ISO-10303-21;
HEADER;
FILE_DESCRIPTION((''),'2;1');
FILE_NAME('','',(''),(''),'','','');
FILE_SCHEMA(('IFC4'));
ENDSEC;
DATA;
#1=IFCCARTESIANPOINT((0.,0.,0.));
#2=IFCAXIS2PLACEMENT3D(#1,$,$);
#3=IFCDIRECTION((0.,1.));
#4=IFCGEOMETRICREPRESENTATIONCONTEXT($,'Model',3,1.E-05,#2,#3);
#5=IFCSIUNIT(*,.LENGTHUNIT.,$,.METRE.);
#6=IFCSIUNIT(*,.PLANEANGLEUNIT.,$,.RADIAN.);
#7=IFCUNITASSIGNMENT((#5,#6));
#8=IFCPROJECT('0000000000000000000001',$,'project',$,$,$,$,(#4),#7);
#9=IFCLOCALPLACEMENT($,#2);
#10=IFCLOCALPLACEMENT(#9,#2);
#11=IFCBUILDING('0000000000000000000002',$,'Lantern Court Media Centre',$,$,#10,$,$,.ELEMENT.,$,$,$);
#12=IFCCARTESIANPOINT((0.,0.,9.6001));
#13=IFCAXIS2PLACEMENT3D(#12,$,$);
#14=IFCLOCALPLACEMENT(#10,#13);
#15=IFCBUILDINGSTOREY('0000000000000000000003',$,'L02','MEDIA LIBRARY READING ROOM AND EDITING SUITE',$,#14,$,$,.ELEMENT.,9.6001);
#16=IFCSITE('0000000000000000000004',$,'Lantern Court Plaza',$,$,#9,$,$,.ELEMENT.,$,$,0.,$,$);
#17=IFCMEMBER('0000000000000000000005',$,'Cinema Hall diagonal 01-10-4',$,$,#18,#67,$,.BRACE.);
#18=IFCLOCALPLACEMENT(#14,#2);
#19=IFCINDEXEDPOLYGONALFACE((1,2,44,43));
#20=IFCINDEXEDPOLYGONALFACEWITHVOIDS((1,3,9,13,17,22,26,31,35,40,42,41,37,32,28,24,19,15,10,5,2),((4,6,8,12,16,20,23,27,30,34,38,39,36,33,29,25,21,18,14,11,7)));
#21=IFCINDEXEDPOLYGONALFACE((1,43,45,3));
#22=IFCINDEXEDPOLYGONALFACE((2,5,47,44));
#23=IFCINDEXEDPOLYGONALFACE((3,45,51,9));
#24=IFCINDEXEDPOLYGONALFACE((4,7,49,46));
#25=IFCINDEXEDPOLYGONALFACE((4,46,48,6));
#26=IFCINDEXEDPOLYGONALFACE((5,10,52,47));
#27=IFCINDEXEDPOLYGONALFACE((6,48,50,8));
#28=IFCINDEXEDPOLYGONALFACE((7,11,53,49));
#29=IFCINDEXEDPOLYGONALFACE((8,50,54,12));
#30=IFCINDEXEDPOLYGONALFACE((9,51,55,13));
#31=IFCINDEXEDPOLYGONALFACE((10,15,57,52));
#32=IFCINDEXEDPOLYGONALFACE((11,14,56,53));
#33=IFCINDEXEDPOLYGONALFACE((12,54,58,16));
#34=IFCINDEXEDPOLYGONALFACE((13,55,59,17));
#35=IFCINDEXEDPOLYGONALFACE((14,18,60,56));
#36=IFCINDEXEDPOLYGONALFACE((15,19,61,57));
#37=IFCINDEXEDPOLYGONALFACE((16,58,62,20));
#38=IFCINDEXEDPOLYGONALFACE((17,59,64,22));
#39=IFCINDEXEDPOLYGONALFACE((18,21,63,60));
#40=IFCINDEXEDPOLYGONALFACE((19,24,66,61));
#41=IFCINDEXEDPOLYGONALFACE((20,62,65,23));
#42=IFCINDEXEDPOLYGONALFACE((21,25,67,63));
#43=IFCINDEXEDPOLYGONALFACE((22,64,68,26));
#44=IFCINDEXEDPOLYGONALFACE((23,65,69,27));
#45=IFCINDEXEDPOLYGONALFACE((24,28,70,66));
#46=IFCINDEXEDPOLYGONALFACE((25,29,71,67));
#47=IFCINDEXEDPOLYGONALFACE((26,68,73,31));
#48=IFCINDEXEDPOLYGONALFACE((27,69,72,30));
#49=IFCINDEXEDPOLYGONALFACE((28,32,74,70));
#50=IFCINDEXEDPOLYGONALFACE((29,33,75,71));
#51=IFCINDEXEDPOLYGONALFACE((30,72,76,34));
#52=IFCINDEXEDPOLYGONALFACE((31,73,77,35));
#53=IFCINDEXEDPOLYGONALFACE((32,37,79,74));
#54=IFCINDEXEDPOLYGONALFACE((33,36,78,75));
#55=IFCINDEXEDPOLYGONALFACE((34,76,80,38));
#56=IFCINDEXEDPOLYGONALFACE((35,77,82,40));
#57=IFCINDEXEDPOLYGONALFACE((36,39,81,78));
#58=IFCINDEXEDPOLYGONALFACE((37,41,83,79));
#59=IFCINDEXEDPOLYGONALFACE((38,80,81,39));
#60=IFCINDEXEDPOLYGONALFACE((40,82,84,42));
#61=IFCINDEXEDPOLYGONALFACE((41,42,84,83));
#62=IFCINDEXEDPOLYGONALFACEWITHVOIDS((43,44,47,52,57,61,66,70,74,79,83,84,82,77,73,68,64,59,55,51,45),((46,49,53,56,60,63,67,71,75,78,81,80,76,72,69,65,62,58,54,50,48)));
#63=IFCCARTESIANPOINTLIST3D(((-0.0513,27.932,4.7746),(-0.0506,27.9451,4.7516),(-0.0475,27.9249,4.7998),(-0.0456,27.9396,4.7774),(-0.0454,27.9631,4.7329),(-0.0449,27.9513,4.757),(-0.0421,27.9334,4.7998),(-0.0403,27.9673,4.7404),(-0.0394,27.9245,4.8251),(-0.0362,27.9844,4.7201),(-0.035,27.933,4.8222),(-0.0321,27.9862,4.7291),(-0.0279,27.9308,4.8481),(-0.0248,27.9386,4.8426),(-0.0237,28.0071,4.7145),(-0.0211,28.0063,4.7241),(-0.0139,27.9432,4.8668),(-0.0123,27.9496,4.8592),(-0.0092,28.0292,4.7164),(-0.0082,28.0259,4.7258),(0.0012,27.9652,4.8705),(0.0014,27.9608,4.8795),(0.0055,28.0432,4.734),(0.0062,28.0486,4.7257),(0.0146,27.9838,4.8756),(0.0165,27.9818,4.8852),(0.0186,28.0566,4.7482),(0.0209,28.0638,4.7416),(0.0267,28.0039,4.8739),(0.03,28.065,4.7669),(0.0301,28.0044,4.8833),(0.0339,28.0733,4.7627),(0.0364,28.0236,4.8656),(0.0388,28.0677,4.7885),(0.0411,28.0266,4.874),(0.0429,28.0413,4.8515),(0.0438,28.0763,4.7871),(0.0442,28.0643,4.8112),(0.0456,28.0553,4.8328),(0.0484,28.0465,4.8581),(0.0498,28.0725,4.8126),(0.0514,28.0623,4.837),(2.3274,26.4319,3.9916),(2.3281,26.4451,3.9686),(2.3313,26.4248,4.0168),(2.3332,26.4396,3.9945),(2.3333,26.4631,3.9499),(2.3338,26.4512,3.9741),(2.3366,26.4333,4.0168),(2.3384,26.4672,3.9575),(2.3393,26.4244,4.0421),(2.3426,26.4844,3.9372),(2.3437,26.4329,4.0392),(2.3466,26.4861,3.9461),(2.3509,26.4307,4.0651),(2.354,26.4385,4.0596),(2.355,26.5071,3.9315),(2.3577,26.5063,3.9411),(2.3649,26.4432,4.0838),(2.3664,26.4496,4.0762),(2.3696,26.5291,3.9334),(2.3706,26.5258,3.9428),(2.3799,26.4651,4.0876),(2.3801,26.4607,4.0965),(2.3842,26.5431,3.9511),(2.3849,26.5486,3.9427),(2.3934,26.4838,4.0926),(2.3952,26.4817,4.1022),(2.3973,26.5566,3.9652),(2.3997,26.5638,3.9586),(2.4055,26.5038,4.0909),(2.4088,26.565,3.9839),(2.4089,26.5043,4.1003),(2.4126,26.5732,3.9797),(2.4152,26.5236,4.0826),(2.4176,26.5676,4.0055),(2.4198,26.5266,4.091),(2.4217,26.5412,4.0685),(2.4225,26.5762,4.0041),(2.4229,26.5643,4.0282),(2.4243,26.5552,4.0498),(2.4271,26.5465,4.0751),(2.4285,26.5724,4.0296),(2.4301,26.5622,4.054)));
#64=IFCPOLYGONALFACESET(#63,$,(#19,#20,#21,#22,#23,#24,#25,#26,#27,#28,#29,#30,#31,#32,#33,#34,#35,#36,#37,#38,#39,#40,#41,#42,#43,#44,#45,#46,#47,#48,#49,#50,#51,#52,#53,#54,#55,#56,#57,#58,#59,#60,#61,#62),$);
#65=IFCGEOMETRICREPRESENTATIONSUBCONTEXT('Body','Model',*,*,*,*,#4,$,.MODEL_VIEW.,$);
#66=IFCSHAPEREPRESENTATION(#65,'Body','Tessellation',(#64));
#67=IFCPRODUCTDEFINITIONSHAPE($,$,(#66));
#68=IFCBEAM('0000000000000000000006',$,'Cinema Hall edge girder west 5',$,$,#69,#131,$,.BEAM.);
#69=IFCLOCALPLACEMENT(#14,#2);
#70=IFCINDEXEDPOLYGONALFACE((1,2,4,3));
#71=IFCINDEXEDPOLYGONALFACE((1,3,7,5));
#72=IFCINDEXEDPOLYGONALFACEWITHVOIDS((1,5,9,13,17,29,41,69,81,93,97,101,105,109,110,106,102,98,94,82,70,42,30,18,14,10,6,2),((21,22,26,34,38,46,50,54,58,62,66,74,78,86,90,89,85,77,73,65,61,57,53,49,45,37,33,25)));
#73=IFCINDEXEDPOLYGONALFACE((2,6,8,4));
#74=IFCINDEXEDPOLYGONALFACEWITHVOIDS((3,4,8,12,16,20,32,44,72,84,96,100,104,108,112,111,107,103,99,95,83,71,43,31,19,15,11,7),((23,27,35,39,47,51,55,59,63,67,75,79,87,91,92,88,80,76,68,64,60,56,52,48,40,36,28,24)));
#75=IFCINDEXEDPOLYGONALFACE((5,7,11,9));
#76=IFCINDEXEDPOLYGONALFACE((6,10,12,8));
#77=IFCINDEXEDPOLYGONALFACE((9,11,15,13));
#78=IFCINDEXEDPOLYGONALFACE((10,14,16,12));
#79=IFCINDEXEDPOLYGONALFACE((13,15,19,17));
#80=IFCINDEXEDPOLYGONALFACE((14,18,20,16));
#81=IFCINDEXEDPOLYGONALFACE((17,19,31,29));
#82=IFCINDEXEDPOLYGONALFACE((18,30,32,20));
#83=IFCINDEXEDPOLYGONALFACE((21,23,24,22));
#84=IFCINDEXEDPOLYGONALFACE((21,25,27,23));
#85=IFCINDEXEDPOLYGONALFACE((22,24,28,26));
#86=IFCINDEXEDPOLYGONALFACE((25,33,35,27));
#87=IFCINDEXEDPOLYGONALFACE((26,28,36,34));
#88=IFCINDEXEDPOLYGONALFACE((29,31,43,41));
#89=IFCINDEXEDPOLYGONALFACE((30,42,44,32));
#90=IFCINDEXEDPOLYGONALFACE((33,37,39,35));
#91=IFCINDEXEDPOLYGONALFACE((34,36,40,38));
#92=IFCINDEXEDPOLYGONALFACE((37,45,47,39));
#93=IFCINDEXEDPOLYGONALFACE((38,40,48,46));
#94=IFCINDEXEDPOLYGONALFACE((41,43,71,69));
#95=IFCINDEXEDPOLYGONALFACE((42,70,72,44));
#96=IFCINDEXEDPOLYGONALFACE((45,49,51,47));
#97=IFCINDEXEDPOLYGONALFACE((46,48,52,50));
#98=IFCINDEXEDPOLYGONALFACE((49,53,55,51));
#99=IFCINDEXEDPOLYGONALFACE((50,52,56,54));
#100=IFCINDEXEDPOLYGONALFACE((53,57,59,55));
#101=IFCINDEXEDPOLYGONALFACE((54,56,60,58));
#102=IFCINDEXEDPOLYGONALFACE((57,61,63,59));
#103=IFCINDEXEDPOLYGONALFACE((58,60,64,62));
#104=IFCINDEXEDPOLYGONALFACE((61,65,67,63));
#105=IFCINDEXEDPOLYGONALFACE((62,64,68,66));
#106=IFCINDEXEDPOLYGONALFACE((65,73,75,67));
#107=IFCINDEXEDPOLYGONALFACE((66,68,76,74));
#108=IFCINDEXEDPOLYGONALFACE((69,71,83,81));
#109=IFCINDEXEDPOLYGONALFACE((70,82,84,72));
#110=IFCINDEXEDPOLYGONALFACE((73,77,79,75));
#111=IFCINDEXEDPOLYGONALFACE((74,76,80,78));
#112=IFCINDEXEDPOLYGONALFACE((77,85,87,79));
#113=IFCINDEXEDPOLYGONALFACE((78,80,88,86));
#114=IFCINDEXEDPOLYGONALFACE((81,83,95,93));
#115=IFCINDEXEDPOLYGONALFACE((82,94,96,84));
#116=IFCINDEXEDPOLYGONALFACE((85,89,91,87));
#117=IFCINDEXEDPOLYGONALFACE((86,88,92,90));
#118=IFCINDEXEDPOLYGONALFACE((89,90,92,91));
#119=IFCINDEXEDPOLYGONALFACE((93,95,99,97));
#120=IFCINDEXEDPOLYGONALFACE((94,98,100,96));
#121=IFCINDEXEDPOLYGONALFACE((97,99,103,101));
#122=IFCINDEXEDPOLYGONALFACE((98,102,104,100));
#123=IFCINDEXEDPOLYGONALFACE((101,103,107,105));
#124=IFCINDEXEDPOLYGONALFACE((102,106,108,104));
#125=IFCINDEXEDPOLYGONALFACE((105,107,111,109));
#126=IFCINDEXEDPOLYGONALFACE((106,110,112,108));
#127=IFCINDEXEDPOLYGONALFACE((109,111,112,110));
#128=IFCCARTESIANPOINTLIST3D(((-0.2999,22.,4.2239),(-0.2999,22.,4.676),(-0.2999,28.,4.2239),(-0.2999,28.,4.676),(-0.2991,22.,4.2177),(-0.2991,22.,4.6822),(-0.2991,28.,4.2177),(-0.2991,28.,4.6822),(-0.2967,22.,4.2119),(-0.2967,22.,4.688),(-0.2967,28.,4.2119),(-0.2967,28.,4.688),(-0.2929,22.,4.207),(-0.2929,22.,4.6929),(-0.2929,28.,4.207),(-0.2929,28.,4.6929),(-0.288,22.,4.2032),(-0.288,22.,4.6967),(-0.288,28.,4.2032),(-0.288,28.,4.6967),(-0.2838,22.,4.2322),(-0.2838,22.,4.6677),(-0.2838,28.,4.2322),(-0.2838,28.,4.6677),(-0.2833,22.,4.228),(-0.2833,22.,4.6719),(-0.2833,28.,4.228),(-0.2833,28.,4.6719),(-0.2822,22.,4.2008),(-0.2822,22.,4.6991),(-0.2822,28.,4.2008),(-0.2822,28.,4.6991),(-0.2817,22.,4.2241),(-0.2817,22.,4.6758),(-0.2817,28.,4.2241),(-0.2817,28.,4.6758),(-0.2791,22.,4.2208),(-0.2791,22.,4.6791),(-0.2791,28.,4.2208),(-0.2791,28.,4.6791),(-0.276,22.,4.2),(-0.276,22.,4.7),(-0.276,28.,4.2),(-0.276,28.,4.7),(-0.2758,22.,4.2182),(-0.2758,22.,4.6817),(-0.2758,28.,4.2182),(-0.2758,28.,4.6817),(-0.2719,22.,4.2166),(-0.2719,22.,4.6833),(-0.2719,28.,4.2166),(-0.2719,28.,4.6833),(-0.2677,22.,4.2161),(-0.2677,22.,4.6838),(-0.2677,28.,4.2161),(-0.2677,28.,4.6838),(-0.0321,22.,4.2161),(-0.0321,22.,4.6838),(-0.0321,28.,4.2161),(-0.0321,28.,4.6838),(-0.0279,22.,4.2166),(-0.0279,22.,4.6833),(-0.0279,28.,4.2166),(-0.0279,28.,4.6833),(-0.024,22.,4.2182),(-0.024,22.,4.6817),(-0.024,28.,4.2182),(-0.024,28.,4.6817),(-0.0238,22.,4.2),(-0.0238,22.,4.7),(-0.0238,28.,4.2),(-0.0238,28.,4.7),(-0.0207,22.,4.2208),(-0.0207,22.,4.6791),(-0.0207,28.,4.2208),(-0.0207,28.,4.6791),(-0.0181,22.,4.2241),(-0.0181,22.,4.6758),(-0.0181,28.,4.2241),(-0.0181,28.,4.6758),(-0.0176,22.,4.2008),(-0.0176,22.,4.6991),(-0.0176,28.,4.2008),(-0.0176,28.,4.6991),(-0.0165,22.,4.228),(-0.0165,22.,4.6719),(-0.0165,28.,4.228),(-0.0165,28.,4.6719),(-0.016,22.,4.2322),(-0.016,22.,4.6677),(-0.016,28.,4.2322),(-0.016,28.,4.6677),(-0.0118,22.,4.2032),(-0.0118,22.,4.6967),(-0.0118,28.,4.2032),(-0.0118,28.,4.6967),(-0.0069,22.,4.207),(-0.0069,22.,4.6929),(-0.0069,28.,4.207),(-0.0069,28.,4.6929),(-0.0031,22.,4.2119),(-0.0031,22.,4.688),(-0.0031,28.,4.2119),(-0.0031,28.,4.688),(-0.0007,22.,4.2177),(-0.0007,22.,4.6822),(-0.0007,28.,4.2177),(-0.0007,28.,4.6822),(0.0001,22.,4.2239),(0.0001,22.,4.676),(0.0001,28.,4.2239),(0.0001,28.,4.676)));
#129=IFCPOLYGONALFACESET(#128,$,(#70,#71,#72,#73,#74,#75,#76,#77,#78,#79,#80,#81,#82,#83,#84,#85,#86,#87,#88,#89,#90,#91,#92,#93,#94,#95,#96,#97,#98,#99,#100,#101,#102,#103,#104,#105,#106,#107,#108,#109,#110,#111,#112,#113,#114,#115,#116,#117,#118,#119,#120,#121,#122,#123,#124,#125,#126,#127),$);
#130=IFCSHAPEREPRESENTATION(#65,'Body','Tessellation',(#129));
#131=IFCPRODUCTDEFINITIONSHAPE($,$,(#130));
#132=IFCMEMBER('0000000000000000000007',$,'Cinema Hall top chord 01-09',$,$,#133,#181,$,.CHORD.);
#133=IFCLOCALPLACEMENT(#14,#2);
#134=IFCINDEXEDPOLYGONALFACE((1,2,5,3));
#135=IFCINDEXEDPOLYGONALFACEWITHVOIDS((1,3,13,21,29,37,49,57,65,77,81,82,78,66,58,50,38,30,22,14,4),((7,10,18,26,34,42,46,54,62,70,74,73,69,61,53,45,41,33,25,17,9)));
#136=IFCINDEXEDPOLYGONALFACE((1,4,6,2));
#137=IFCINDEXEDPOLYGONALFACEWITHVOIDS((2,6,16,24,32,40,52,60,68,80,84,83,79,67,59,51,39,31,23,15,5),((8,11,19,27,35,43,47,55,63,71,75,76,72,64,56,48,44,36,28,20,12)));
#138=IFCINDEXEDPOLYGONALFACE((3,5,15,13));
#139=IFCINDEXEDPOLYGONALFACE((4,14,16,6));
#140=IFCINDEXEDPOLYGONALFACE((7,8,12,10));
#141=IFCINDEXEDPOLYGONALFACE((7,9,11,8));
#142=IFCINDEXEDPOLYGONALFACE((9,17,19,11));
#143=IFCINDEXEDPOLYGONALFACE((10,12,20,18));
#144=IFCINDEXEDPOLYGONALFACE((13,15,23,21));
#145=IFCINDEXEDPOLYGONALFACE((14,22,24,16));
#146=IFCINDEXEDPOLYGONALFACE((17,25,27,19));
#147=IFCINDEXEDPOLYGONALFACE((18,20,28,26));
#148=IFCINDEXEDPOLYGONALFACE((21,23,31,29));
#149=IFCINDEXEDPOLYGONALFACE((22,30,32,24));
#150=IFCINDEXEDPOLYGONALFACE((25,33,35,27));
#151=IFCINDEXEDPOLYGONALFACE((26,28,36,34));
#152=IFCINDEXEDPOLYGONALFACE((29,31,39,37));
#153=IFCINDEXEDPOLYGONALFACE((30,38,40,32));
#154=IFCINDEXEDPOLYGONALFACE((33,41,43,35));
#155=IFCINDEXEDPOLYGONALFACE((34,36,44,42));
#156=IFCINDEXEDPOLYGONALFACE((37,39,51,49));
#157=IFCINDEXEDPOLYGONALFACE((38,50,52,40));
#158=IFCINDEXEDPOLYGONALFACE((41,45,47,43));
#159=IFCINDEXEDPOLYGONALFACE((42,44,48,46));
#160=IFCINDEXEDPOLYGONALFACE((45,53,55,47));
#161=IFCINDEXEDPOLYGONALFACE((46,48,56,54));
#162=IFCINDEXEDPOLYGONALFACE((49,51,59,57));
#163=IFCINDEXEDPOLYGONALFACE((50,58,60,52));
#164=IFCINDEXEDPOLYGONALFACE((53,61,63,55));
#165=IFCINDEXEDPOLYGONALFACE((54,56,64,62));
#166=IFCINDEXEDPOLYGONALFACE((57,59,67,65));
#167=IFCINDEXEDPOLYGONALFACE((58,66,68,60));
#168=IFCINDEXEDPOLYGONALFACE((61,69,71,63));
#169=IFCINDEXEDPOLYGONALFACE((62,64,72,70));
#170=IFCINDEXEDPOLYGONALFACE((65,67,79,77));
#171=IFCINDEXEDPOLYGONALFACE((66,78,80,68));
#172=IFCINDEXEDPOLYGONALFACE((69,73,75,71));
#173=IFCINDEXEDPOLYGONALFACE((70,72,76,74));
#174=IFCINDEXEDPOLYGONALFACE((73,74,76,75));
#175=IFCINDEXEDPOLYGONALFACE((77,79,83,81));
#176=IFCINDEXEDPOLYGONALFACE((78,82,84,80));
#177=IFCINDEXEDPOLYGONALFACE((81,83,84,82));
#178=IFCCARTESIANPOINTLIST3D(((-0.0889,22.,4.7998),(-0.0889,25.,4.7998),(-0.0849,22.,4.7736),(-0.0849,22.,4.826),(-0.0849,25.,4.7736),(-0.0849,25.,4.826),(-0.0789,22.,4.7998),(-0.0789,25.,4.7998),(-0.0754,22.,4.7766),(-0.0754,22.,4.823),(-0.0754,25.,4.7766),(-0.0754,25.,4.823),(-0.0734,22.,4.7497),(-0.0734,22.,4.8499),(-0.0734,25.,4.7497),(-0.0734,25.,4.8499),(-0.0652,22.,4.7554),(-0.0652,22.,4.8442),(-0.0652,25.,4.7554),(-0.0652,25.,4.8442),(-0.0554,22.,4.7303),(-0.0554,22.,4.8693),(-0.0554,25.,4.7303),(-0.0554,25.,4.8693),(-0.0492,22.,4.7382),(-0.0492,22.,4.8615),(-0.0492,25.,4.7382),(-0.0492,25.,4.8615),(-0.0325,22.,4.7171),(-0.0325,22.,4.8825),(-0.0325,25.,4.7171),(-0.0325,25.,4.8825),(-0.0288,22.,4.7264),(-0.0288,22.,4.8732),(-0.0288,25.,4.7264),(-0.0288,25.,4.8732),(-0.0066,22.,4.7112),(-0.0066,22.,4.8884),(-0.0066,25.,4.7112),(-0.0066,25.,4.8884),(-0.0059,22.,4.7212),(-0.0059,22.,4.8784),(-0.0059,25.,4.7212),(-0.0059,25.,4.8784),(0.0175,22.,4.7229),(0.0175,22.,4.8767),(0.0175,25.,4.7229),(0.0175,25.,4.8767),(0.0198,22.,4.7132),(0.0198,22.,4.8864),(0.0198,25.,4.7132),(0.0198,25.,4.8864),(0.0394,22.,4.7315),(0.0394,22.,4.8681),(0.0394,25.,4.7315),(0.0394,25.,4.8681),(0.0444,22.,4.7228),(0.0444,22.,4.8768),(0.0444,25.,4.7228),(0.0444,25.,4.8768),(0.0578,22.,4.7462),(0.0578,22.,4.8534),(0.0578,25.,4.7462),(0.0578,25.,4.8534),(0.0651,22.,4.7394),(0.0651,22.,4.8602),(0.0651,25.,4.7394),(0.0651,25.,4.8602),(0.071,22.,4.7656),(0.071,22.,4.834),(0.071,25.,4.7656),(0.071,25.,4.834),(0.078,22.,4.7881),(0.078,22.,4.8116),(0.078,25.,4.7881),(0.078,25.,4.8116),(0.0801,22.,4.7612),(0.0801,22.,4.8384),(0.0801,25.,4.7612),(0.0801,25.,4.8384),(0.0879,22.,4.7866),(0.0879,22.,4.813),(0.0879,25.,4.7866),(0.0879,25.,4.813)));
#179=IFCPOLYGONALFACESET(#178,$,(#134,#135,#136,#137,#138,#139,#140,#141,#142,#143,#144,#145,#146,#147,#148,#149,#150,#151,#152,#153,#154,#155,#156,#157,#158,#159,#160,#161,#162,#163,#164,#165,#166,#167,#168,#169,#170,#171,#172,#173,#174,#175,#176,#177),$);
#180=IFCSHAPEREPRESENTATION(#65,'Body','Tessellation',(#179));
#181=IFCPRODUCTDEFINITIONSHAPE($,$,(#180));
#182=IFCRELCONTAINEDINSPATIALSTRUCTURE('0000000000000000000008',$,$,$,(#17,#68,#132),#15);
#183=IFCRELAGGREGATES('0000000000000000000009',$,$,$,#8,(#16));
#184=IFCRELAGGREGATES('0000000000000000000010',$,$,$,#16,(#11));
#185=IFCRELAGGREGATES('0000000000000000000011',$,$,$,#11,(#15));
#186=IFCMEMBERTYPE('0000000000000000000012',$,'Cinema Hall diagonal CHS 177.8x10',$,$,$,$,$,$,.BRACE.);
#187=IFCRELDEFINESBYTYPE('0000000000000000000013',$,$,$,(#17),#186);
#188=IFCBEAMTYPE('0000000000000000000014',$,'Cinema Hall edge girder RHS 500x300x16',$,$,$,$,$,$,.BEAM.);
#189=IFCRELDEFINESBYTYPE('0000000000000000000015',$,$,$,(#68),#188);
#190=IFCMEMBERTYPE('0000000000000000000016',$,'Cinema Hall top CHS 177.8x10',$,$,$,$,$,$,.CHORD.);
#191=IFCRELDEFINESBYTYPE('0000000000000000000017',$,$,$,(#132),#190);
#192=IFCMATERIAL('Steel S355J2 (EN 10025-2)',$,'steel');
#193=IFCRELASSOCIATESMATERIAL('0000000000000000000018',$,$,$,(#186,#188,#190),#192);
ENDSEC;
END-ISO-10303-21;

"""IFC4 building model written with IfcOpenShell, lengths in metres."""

from ifc_helpers import new_model, si_unit, direction, frame, origin, origin_2d, place, context, subcontext, project, spatial, hollow_rectangle, hollow_circle, extrude, material, material_profile, profile_set, type_object, element, save


model = new_model("IFC4")

# Units and contexts
model_context = context("Model", 3, precision=1e-05, world=origin(), true_north=direction((0.0, 1.0)))
body_context = subcontext(model_context, "Body", "Model", "MODEL_VIEW")
ifc_project = project(units=[si_unit("LENGTHUNIT", "METRE"), si_unit("PLANEANGLEUNIT", "RADIAN")], contexts=[model_context])

# Site, building, storey
site_placement = place(None, origin())
site = spatial("IfcSite", under=ifc_project, at=site_placement, Name="Lantern Court Plaza", CompositionType="ELEMENT", RefElevation=0.0)
building_placement = place(site_placement, origin())
building = spatial("IfcBuilding", under=site, at=building_placement, Name="Lantern Court Media Centre", CompositionType="ELEMENT")
storey_placement = place(building_placement, frame((0.0, 0.0, 9.6001)))
storey = spatial("IfcBuildingStorey", under=building, at=storey_placement, Name="L02", Description="MEDIA LIBRARY READING ROOM AND EDITING SUITE", CompositionType="ELEMENT", Elevation=9.6001)

# Shared definitions
ifc_material_1 = material(Name="Steel S355J2 (EN 10025-2)", Category="steel")

# Member
ifc_material_profile_1 = material_profile(ifc_material_1, hollow_circle(Radius=0.0889, WallThickness=0.01, at=origin_2d()), Name="Cinema Hall diagonal CHS 177.8x10")
ifc_profile_set_1 = profile_set([ifc_material_profile_1], Name="Steel S355J2 (EN 10025-2)")
member_type_1 = type_object("IfcMemberType", Name="Cinema Hall diagonal CHS 177.8x10", PredefinedType="BRACE", material=ifc_profile_set_1)
for number, where, z_axis, x_axis, name in (
    (1, (2.3787, 26.5, 4.0168), (-0.814866, 0.51386, 0.268221), (-0.533405, -0.84586, 0.0), "Cinema Hall diagonal 01-10-4"),
):
    element("IfcMember", number, at=place(storey_placement, frame(where, z_axis=z_axis, x_axis=x_axis)), inside=storey, type_object=member_type_1, Name=name, PredefinedType="BRACE", context=body_context, shape_type="SweptSolid", body=[
        extrude(hollow_circle(Radius=0.0889, WallThickness=0.01, at=origin_2d()), origin(), (0.0, 0.0, 1.0), 2.9192),
    ])

# Beam
ifc_material_profile_2 = material_profile(ifc_material_1, hollow_rectangle(XDim=0.3, YDim=0.5, WallThickness=0.0161, InnerFilletRadius=0.0161, OuterFilletRadius=0.0239, at=origin_2d()), Name="Cinema Hall edge girder RHS 500x300x16")
ifc_profile_set_2 = profile_set([ifc_material_profile_2], Name="Steel S355J2 (EN 10025-2)")
beam_type = type_object("IfcBeamType", Name="Cinema Hall edge girder RHS 500x300x16", PredefinedType="BEAM", material=ifc_profile_set_2)
beam_placement = place(storey_placement, frame((-0.1499, 22.0, 4.45), z_axis=(0.0, 1.0, 0.0), x_axis=(-1.0, 0.0, 0.0)))
element("IfcBeam", 2, at=beam_placement, inside=storey, type_object=beam_type, Name="Cinema Hall edge girder west 5", PredefinedType="BEAM", context=body_context, shape_type="SweptSolid", body=[
    extrude(hollow_rectangle(XDim=0.3, YDim=0.5, WallThickness=0.0161, InnerFilletRadius=0.0161, OuterFilletRadius=0.0239, at=origin_2d()), origin(), (0.0, 0.0, 1.0), 6.0),
])

# Member
ifc_material_profile_3 = material_profile(ifc_material_1, hollow_circle(Radius=0.0889, WallThickness=0.01, at=origin_2d()), Name="Cinema Hall top CHS 177.8x10")
ifc_profile_set_3 = profile_set([ifc_material_profile_3], Name="Steel S355J2 (EN 10025-2)")
member_type_2 = type_object("IfcMemberType", Name="Cinema Hall top CHS 177.8x10", PredefinedType="CHORD", material=ifc_profile_set_3)
for number, where, z_axis, x_axis, name in (
    (3, (0.0, 22.0, 4.7998), (0.0, 1.0, 0.0), (-1.0, 0.0, 0.0), "Cinema Hall top chord 01-09"),
):
    element("IfcMember", number, at=place(storey_placement, frame(where, z_axis=z_axis, x_axis=x_axis)), inside=storey, type_object=member_type_2, Name=name, PredefinedType="CHORD", context=body_context, shape_type="SweptSolid", body=[
        extrude(hollow_circle(Radius=0.0889, WallThickness=0.01, at=origin_2d()), origin(), (0.0, 0.0, 1.0), 3.0),
    ])

save(model, "model.ifc")
